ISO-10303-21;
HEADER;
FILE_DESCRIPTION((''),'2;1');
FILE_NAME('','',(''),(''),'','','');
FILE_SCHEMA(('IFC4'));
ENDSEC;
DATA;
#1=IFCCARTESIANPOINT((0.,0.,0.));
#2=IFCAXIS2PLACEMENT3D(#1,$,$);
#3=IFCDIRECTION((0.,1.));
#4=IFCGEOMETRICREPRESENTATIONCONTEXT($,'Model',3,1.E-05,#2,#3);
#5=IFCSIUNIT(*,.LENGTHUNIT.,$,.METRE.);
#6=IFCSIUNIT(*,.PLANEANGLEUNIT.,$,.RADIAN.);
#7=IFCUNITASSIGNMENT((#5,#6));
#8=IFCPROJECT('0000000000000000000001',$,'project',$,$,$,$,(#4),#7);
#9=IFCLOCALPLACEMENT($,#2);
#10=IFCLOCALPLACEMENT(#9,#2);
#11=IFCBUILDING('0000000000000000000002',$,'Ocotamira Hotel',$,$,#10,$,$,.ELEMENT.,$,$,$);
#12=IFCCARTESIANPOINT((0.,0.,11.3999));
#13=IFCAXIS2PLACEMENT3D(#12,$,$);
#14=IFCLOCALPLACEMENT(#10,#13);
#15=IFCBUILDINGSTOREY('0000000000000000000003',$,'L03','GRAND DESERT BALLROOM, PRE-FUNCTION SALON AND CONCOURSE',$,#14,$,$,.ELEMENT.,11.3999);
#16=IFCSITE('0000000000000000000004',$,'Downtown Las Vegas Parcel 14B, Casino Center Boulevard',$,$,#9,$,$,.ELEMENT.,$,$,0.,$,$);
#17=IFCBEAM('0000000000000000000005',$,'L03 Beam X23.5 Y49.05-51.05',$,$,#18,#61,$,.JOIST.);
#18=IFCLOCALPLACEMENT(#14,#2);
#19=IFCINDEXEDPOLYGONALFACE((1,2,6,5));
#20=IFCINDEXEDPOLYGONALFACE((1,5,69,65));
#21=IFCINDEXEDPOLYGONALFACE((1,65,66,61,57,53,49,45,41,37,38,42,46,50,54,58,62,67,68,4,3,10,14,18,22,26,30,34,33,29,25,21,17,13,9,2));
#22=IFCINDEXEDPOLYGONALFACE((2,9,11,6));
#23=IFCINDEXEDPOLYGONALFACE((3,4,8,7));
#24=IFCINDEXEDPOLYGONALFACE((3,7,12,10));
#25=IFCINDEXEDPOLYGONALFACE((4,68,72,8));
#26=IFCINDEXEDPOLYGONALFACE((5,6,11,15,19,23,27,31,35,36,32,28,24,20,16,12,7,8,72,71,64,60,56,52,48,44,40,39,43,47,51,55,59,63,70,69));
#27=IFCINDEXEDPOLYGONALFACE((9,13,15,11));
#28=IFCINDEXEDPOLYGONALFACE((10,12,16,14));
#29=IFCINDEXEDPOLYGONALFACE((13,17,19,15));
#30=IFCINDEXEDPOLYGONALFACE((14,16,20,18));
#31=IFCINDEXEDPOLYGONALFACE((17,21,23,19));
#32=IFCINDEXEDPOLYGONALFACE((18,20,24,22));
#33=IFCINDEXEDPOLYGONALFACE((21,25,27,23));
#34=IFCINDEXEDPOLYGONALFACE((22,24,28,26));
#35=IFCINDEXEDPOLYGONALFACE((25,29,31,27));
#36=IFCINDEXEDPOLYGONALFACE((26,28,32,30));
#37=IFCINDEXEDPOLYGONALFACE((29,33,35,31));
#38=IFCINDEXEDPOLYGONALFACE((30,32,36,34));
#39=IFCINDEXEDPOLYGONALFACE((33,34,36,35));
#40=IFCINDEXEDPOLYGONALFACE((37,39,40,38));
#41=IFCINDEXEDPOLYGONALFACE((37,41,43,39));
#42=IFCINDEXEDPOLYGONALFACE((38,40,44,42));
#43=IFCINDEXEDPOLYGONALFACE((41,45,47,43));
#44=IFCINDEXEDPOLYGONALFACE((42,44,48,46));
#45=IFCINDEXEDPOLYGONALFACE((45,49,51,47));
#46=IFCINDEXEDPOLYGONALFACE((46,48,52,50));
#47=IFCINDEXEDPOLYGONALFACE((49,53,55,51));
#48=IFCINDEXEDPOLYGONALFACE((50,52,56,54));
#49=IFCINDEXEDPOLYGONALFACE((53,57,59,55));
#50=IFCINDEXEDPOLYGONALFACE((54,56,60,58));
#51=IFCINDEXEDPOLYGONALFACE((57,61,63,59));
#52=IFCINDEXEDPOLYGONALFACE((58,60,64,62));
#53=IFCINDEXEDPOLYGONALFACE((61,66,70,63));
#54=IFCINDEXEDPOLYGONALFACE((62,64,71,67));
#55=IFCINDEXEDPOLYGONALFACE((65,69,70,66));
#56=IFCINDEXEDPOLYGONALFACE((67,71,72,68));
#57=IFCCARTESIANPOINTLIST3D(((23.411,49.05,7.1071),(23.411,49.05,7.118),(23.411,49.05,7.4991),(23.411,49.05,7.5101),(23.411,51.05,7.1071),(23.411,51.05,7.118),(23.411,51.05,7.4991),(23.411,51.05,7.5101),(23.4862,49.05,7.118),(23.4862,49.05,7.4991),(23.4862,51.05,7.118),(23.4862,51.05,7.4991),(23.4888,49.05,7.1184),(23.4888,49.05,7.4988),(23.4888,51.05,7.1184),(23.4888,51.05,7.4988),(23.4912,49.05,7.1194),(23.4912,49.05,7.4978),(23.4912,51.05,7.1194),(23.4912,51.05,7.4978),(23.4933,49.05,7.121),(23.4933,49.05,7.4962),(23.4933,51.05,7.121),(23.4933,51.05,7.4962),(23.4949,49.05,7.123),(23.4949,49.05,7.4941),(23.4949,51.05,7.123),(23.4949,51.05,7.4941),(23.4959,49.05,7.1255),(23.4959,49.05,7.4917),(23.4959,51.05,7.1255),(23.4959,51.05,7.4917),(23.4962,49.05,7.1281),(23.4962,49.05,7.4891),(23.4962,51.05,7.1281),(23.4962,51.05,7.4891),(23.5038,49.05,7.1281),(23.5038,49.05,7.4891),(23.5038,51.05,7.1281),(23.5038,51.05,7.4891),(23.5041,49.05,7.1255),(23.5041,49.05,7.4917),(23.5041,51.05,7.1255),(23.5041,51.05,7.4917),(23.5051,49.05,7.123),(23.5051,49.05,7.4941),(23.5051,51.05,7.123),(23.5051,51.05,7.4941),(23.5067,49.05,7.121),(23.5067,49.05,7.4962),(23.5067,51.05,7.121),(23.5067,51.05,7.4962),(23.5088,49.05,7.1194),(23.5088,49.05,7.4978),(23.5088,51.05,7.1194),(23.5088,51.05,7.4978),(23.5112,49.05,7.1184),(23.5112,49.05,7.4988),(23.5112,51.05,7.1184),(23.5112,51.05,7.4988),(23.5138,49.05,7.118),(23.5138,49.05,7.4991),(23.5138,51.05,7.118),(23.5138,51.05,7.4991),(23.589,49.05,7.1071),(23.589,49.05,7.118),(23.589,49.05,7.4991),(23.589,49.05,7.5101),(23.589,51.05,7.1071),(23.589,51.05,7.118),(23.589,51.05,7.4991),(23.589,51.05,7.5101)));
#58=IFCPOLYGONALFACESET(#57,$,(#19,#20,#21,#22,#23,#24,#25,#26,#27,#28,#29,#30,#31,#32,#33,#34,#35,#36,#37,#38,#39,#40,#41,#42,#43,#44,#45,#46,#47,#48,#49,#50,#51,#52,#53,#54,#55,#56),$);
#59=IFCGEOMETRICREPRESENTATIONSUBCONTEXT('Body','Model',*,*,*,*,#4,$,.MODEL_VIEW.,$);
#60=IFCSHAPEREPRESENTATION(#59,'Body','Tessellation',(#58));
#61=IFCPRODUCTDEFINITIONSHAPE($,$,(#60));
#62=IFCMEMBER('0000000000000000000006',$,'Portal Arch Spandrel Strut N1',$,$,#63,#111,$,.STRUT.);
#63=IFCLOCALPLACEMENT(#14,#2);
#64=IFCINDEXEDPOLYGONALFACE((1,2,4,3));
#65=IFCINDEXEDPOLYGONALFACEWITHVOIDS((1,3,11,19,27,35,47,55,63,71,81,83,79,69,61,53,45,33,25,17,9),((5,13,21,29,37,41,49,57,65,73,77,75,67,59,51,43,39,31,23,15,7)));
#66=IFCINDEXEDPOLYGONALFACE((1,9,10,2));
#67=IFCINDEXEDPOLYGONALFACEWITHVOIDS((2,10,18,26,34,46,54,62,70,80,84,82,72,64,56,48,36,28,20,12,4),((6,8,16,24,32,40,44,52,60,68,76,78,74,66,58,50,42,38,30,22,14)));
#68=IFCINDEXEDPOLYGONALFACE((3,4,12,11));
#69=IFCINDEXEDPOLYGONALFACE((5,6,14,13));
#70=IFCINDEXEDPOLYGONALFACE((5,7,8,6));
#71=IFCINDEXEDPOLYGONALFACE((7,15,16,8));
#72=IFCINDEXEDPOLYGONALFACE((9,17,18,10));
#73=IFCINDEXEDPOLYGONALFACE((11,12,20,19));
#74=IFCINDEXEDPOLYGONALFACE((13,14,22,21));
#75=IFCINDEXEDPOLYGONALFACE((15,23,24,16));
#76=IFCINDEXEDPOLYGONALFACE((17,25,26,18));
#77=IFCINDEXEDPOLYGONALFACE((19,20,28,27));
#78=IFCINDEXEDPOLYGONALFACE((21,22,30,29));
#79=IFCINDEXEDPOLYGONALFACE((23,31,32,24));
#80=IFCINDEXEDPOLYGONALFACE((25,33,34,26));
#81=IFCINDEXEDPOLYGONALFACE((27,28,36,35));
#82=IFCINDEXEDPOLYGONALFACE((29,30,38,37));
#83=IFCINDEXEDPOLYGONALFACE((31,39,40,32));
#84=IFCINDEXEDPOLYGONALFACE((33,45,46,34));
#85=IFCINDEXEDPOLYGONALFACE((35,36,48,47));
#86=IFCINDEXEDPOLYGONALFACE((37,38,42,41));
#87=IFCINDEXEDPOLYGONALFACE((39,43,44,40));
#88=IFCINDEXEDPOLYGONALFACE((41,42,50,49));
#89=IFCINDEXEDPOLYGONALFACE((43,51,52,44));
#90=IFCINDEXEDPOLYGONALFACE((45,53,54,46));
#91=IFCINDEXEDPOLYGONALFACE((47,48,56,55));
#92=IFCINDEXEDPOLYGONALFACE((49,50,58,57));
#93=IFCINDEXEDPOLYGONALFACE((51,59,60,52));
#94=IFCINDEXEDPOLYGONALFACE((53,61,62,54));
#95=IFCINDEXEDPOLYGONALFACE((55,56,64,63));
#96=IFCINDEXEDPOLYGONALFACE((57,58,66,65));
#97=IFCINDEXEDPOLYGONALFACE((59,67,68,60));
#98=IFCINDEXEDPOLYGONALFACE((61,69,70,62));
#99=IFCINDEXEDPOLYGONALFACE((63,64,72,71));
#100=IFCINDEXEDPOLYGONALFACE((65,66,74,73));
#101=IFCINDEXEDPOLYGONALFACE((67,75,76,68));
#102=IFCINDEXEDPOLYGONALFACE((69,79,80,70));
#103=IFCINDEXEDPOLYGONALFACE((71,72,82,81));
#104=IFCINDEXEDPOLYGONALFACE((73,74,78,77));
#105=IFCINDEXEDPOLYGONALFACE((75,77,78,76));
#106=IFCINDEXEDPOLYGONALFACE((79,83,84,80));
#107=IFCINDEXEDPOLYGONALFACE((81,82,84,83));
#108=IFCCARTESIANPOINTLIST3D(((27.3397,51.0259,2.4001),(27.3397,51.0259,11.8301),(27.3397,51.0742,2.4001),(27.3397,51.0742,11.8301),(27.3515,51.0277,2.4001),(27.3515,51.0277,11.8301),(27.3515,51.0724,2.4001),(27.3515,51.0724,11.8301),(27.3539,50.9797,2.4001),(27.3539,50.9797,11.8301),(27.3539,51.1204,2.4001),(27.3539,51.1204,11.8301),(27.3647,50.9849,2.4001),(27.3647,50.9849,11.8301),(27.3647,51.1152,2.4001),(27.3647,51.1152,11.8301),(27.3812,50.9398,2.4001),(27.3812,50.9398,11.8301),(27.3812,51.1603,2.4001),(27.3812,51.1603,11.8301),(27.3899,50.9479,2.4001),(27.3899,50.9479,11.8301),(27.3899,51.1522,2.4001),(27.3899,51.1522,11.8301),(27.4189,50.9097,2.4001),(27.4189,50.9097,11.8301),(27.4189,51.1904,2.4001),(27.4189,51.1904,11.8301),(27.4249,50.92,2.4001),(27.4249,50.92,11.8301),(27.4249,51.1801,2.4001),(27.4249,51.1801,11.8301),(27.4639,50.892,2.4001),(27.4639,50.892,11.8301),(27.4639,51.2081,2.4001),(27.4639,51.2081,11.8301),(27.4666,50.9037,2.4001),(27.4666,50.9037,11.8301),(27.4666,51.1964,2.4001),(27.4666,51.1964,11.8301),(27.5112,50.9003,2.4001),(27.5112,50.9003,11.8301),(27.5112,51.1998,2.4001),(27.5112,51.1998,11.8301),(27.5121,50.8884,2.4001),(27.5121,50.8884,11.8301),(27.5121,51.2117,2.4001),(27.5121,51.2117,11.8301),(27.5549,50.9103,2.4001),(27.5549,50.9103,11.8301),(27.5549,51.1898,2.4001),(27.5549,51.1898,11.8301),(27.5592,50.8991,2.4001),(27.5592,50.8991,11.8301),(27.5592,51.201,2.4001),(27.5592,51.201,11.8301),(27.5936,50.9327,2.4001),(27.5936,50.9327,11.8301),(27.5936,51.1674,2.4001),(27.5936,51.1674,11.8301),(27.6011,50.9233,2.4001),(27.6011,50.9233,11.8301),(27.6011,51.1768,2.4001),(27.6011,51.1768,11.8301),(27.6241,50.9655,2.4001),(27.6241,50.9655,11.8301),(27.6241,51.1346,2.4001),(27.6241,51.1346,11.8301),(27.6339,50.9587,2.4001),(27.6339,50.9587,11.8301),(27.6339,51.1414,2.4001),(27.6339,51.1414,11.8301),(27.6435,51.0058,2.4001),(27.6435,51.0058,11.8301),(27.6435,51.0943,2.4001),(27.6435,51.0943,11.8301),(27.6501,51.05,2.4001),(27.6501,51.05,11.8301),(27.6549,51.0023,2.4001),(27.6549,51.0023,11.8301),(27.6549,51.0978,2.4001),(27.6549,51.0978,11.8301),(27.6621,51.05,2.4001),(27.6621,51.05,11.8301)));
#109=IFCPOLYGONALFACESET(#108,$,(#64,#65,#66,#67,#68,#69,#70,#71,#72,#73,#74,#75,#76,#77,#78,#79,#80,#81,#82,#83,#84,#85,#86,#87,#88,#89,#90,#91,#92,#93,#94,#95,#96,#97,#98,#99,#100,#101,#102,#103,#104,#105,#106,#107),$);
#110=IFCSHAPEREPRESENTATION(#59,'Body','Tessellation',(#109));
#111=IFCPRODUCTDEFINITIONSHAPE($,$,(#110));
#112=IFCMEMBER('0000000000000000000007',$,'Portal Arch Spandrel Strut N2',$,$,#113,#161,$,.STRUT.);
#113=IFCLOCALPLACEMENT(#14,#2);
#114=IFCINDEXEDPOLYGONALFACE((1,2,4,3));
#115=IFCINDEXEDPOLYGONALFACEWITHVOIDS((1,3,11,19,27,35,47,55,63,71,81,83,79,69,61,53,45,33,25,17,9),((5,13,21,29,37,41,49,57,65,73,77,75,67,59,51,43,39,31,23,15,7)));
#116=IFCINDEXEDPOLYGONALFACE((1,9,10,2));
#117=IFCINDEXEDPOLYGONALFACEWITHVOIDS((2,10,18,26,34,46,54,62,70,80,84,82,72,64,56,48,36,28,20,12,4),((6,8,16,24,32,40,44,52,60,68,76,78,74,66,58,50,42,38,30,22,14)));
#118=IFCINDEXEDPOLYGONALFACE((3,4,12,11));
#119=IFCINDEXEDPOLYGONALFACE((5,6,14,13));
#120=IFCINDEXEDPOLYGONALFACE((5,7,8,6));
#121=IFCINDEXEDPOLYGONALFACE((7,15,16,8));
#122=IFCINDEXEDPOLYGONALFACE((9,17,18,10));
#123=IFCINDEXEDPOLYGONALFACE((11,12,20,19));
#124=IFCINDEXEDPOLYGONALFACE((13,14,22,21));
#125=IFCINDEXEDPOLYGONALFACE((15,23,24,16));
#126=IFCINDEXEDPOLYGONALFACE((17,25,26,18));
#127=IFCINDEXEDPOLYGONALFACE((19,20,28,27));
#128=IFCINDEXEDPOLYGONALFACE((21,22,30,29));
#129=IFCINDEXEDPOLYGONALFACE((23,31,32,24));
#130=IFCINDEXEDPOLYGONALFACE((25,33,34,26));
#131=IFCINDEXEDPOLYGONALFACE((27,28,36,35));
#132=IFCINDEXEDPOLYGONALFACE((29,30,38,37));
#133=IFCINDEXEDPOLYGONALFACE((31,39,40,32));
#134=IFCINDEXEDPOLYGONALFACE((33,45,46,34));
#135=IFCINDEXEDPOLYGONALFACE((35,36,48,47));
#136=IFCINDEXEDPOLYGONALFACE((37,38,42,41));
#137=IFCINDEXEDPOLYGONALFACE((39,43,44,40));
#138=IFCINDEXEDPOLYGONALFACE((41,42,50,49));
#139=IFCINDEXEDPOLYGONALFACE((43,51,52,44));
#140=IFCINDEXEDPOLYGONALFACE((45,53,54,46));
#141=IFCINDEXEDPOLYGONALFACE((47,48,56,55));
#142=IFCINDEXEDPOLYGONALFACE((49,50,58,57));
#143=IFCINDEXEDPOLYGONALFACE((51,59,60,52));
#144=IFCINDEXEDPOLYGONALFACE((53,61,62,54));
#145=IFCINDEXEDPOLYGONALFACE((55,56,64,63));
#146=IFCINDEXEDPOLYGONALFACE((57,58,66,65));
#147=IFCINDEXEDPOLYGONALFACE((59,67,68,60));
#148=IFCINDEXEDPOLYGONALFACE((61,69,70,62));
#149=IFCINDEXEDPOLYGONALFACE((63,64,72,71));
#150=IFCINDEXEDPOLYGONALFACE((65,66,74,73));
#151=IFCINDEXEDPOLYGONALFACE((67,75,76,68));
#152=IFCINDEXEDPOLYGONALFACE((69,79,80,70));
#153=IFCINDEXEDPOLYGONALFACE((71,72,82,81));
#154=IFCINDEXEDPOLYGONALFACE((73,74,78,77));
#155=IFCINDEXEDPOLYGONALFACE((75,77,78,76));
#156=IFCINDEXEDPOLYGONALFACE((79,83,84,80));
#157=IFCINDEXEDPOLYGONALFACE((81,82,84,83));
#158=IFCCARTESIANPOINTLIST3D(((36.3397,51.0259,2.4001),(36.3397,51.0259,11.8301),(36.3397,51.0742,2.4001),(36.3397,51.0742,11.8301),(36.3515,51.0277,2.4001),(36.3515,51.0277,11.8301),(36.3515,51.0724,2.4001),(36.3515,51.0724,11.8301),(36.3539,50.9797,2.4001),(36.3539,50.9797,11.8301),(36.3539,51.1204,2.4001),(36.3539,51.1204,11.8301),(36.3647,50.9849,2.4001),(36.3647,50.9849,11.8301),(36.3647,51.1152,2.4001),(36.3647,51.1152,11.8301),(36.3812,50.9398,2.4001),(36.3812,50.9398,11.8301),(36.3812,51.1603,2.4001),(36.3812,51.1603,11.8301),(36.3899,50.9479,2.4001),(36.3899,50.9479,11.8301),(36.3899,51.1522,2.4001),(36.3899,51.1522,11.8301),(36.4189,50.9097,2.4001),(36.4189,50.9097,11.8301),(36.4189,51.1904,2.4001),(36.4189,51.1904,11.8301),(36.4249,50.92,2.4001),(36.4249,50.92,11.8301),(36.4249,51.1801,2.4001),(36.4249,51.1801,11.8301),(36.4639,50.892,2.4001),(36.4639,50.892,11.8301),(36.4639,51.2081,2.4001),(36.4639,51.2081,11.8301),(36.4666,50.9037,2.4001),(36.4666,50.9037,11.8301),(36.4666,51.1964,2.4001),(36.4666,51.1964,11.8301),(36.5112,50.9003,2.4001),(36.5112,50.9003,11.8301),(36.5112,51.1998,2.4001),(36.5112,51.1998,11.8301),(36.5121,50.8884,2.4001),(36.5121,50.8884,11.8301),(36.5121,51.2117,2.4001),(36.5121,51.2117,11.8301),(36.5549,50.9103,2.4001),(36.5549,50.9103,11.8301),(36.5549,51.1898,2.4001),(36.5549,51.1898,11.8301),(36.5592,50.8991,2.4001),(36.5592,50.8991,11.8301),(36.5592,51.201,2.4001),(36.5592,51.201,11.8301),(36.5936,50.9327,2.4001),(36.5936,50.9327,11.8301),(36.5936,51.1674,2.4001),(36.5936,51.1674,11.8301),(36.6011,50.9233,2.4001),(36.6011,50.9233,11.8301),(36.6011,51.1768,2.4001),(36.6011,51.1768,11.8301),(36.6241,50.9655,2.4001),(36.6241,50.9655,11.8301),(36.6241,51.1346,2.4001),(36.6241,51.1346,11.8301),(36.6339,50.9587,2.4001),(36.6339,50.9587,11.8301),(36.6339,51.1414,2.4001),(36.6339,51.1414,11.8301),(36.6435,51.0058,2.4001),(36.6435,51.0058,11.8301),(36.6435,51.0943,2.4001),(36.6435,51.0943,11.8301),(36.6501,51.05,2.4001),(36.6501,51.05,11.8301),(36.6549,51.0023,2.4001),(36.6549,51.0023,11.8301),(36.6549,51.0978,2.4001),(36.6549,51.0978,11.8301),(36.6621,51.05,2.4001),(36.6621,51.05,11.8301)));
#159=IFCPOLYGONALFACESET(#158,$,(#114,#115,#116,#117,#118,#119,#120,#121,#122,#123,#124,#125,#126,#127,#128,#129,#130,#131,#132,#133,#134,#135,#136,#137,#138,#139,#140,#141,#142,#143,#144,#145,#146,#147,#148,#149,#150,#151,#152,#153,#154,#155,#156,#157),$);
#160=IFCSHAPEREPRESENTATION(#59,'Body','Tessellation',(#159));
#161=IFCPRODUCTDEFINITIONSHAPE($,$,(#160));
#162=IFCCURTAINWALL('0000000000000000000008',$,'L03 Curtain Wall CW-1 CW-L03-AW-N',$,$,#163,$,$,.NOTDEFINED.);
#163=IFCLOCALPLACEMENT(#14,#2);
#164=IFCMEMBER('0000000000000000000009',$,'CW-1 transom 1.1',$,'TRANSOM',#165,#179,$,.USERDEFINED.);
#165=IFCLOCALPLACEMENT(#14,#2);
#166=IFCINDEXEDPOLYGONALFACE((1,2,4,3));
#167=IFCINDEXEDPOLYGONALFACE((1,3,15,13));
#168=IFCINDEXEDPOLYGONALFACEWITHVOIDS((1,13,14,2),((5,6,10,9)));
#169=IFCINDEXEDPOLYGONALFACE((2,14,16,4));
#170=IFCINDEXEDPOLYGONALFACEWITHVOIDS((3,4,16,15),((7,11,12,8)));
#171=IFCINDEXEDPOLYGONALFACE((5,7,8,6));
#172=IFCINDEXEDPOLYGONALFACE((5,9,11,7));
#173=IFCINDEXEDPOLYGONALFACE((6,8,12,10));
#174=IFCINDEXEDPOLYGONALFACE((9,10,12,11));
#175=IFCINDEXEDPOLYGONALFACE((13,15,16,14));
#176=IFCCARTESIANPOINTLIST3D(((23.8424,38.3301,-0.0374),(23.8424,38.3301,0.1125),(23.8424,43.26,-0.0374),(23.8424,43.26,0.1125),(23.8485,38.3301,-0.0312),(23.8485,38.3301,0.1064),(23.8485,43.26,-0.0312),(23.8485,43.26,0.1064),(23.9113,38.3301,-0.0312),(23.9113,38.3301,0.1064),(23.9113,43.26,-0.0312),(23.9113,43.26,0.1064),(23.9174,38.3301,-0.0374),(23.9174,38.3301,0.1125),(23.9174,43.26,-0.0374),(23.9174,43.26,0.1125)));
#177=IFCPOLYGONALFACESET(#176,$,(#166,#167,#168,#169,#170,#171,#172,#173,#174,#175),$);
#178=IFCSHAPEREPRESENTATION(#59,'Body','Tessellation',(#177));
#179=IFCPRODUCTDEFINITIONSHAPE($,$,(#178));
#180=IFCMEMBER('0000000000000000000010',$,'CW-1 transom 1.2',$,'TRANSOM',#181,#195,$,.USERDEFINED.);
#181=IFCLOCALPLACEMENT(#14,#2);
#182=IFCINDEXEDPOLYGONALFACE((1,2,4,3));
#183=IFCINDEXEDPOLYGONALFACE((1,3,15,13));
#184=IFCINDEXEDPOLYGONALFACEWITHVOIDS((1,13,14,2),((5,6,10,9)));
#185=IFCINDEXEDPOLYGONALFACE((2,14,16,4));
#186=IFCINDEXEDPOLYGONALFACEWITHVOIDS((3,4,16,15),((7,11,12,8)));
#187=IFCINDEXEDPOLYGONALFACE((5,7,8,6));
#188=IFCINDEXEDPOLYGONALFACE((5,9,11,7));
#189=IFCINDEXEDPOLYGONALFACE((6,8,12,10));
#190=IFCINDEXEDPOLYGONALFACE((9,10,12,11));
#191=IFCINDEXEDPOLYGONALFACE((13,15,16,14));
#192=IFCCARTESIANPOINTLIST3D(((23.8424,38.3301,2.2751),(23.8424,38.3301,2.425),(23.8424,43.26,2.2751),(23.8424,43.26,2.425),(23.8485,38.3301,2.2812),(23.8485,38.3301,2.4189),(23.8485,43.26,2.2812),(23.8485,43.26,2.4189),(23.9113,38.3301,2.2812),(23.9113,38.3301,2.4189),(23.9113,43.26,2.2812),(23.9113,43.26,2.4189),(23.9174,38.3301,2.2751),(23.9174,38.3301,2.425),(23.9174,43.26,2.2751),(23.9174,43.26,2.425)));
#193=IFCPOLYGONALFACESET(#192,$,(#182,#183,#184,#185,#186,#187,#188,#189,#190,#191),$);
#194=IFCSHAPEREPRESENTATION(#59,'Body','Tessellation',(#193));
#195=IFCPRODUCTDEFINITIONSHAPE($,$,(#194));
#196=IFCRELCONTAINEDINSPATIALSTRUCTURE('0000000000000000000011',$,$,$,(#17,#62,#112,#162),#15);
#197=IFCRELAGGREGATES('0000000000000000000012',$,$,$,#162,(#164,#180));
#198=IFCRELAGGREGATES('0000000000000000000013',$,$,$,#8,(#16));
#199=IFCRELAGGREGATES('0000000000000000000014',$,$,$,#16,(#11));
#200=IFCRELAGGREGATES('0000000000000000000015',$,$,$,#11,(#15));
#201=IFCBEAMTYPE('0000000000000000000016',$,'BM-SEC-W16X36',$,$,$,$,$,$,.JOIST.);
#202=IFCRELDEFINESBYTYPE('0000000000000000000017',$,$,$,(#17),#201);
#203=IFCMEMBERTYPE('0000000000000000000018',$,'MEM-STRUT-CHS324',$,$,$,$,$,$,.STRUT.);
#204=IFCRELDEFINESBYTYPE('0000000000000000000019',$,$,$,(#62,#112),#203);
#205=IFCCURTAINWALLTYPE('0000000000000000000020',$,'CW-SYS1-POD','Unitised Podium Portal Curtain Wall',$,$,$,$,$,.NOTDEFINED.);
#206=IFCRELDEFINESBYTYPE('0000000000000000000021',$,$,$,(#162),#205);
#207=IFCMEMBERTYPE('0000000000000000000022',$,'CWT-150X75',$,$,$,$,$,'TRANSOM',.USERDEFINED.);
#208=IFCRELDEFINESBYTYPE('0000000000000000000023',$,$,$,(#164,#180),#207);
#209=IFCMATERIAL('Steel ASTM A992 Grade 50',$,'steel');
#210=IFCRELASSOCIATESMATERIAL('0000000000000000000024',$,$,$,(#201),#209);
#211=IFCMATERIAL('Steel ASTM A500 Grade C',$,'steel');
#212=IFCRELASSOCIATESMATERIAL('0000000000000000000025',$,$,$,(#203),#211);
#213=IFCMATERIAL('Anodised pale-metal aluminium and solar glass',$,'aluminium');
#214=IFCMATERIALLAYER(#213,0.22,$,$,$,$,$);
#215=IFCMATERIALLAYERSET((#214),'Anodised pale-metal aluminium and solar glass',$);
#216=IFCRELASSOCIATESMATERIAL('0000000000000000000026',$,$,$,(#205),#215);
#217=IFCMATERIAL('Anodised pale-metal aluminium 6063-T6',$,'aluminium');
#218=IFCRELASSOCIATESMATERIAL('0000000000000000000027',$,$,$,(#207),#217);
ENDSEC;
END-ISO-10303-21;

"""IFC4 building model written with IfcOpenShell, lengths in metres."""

from ifc_helpers import new_model, si_unit, direction, frame, origin, origin_2d, place, context, subcontext, project, spatial, hollow_rectangle, hollow_circle, i_section, extrude, source, transform, mapped, material, layer, layer_set, material_profile, profile_set, type_object, element, aggregate, save


model = new_model("IFC4")

# Units and contexts
model_context = context("Model", 3, precision=1e-05, world=origin(), true_north=direction((0.0, 1.0)))
body_context = subcontext(model_context, "Body", "Model", "MODEL_VIEW")
ifc_project = project(units=[si_unit("LENGTHUNIT", "METRE"), si_unit("PLANEANGLEUNIT", "RADIAN")], contexts=[model_context])

# Site, building, storey
site_placement = place(None, origin())
site = spatial("IfcSite", under=ifc_project, at=site_placement, Name="Downtown Las Vegas Parcel 14B, Casino Center Boulevard", CompositionType="ELEMENT", RefElevation=0.0)
building_placement = place(site_placement, origin())
building = spatial("IfcBuilding", under=site, at=building_placement, Name="Ocotamira Hotel", CompositionType="ELEMENT")
storey_placement = place(building_placement, frame((0.0, 0.0, 11.3999)))
storey = spatial("IfcBuildingStorey", under=building, at=storey_placement, Name="L03", Description="GRAND DESERT BALLROOM, PRE-FUNCTION SALON AND CONCOURSE", CompositionType="ELEMENT", Elevation=11.3999)

# Beam
ifc_material_1 = material(Name="Steel ASTM A992 Grade 50", Category="steel")
ifc_material_profile_1 = material_profile(ifc_material_1, i_section(OverallWidth=0.178, OverallDepth=0.4031, WebThickness=0.0076, FlangeThickness=0.011, FilletRadius=0.01, at=origin_2d()), Name="W16X36")
ifc_profile_set_1 = profile_set([ifc_material_profile_1], Name="Steel ASTM A992 Grade 50")
beam_type = type_object("IfcBeamType", Name="BM-SEC-W16X36", PredefinedType="JOIST", material=ifc_profile_set_1)
shared_shape_1 = source(origin(), body_context, "Body", "SweptSolid", [
    extrude(i_section(OverallWidth=0.178, OverallDepth=0.4031, WebThickness=0.0076, FlangeThickness=0.011, FilletRadius=0.01, at=origin_2d()), origin(), (0.0, 0.0, 1.0), 2.0),
])
beam_placement = place(storey_placement, frame((23.5, 49.05, 7.3086), z_axis=(0.0, 1.0, 0.0), x_axis=(-1.0, 0.0, 0.0)))
element("IfcBeam", 1, at=beam_placement, inside=storey, type_object=beam_type, Name="L03 Beam X23.5 Y49.05-51.05", PredefinedType="JOIST", context=body_context, shape_type="MappedRepresentation", body=[
    mapped(shared_shape_1, transform((0.0, 0.0, 0.0), scale=1.0)),
])

# Members
ifc_material_2 = material(Name="Steel ASTM A500 Grade C", Category="steel")
ifc_material_profile_2 = material_profile(ifc_material_2, hollow_circle(Radius=0.1621, WallThickness=0.012, at=origin_2d()), Name="CHS324X12")
ifc_profile_set_2 = profile_set([ifc_material_profile_2], Name="Steel ASTM A500 Grade C")
member_type_1 = type_object("IfcMemberType", Name="MEM-STRUT-CHS324", PredefinedType="STRUT", material=ifc_profile_set_2)
shared_shape_2 = source(origin(), body_context, "Body", "SweptSolid", [
    extrude(hollow_circle(Radius=0.1621, WallThickness=0.012, at=origin_2d()), origin(), (0.0, 0.0, 1.0), 9.4299),
])
for number, where, z_axis, x_axis, name in (
    (2, (27.5, 51.05, 2.4001), (0.0, 0.0, 1.0), (1.0, 0.0, 0.0), "Portal Arch Spandrel Strut N1"),
    (3, (36.5, 51.05, 2.4001), (0.0, 0.0, 1.0), (1.0, 0.0, 0.0), "Portal Arch Spandrel Strut N2"),
):
    element("IfcMember", number, at=place(storey_placement, frame(where, z_axis=z_axis, x_axis=x_axis)), inside=storey, type_object=member_type_1, Name=name, PredefinedType="STRUT", context=body_context, shape_type="MappedRepresentation", body=[
        mapped(shared_shape_2, transform((0.0, 0.0, 0.0), scale=1.0)),
    ])

# Curtain wall, members
ifc_material_3 = material(Name="Anodised pale-metal aluminium and solar glass", Category="aluminium")
ifc_layer_1 = layer(ifc_material_3, 0.22)
ifc_layer_set_1 = layer_set([ifc_layer_1], Name="Anodised pale-metal aluminium and solar glass")
curtain_wall_type = type_object("IfcCurtainWallType", Name="CW-SYS1-POD", Description="Unitised Podium Portal Curtain Wall", PredefinedType="NOTDEFINED", material=ifc_layer_set_1)
curtain_wall_1_placement = place(storey_placement, origin())
curtain_wall_1 = element("IfcCurtainWall", 4, at=curtain_wall_1_placement, inside=storey, type_object=curtain_wall_type, Name="L03 Curtain Wall CW-1 CW-L03-AW-N", PredefinedType="NOTDEFINED")
ifc_material_4 = material(Name="Anodised pale-metal aluminium 6063-T6", Category="aluminium")
ifc_material_profile_3 = material_profile(ifc_material_4, hollow_rectangle(XDim=0.075, YDim=0.1499, WallThickness=0.0061, at=origin_2d()), Name="HSS150X75X6")
ifc_profile_set_3 = profile_set([ifc_material_profile_3], Name="Anodised pale-metal aluminium 6063-T6")
member_type_2 = type_object("IfcMemberType", Name="CWT-150X75", ElementType="TRANSOM", PredefinedType="USERDEFINED", material=ifc_profile_set_3)
shared_shape_3 = source(origin(), body_context, "Body", "SweptSolid", [
    extrude(hollow_rectangle(XDim=0.075, YDim=0.1499, WallThickness=0.0061, at=origin_2d()), origin(), (0.0, 0.0, 1.0), 4.9299),
])
member_1_placement = place(storey_placement, frame((23.8799, 38.3301, 0.0376), z_axis=(0.0, 1.0, 0.0), x_axis=(-1.0, 0.0, 0.0)))
member_1 = element("IfcMember", 5, at=member_1_placement, type_object=member_type_2, Name="CW-1 transom 1.1", ObjectType="TRANSOM", PredefinedType="USERDEFINED", context=body_context, shape_type="MappedRepresentation", body=[
    mapped(shared_shape_3, transform((0.0, 0.0, 0.0), scale=1.0)),
])
member_2_placement = place(storey_placement, frame((23.8799, 38.3301, 2.3501), z_axis=(0.0, 1.0, 0.0), x_axis=(-1.0, 0.0, 0.0)))
member_2 = element("IfcMember", 6, at=member_2_placement, type_object=member_type_2, Name="CW-1 transom 1.2", ObjectType="TRANSOM", PredefinedType="USERDEFINED", context=body_context, shape_type="MappedRepresentation", body=[
    mapped(shared_shape_3, transform((0.0, 0.0, 0.0), scale=1.0)),
])

aggregate(curtain_wall_1, [member_1, member_2])

save(model, "model.ifc")
